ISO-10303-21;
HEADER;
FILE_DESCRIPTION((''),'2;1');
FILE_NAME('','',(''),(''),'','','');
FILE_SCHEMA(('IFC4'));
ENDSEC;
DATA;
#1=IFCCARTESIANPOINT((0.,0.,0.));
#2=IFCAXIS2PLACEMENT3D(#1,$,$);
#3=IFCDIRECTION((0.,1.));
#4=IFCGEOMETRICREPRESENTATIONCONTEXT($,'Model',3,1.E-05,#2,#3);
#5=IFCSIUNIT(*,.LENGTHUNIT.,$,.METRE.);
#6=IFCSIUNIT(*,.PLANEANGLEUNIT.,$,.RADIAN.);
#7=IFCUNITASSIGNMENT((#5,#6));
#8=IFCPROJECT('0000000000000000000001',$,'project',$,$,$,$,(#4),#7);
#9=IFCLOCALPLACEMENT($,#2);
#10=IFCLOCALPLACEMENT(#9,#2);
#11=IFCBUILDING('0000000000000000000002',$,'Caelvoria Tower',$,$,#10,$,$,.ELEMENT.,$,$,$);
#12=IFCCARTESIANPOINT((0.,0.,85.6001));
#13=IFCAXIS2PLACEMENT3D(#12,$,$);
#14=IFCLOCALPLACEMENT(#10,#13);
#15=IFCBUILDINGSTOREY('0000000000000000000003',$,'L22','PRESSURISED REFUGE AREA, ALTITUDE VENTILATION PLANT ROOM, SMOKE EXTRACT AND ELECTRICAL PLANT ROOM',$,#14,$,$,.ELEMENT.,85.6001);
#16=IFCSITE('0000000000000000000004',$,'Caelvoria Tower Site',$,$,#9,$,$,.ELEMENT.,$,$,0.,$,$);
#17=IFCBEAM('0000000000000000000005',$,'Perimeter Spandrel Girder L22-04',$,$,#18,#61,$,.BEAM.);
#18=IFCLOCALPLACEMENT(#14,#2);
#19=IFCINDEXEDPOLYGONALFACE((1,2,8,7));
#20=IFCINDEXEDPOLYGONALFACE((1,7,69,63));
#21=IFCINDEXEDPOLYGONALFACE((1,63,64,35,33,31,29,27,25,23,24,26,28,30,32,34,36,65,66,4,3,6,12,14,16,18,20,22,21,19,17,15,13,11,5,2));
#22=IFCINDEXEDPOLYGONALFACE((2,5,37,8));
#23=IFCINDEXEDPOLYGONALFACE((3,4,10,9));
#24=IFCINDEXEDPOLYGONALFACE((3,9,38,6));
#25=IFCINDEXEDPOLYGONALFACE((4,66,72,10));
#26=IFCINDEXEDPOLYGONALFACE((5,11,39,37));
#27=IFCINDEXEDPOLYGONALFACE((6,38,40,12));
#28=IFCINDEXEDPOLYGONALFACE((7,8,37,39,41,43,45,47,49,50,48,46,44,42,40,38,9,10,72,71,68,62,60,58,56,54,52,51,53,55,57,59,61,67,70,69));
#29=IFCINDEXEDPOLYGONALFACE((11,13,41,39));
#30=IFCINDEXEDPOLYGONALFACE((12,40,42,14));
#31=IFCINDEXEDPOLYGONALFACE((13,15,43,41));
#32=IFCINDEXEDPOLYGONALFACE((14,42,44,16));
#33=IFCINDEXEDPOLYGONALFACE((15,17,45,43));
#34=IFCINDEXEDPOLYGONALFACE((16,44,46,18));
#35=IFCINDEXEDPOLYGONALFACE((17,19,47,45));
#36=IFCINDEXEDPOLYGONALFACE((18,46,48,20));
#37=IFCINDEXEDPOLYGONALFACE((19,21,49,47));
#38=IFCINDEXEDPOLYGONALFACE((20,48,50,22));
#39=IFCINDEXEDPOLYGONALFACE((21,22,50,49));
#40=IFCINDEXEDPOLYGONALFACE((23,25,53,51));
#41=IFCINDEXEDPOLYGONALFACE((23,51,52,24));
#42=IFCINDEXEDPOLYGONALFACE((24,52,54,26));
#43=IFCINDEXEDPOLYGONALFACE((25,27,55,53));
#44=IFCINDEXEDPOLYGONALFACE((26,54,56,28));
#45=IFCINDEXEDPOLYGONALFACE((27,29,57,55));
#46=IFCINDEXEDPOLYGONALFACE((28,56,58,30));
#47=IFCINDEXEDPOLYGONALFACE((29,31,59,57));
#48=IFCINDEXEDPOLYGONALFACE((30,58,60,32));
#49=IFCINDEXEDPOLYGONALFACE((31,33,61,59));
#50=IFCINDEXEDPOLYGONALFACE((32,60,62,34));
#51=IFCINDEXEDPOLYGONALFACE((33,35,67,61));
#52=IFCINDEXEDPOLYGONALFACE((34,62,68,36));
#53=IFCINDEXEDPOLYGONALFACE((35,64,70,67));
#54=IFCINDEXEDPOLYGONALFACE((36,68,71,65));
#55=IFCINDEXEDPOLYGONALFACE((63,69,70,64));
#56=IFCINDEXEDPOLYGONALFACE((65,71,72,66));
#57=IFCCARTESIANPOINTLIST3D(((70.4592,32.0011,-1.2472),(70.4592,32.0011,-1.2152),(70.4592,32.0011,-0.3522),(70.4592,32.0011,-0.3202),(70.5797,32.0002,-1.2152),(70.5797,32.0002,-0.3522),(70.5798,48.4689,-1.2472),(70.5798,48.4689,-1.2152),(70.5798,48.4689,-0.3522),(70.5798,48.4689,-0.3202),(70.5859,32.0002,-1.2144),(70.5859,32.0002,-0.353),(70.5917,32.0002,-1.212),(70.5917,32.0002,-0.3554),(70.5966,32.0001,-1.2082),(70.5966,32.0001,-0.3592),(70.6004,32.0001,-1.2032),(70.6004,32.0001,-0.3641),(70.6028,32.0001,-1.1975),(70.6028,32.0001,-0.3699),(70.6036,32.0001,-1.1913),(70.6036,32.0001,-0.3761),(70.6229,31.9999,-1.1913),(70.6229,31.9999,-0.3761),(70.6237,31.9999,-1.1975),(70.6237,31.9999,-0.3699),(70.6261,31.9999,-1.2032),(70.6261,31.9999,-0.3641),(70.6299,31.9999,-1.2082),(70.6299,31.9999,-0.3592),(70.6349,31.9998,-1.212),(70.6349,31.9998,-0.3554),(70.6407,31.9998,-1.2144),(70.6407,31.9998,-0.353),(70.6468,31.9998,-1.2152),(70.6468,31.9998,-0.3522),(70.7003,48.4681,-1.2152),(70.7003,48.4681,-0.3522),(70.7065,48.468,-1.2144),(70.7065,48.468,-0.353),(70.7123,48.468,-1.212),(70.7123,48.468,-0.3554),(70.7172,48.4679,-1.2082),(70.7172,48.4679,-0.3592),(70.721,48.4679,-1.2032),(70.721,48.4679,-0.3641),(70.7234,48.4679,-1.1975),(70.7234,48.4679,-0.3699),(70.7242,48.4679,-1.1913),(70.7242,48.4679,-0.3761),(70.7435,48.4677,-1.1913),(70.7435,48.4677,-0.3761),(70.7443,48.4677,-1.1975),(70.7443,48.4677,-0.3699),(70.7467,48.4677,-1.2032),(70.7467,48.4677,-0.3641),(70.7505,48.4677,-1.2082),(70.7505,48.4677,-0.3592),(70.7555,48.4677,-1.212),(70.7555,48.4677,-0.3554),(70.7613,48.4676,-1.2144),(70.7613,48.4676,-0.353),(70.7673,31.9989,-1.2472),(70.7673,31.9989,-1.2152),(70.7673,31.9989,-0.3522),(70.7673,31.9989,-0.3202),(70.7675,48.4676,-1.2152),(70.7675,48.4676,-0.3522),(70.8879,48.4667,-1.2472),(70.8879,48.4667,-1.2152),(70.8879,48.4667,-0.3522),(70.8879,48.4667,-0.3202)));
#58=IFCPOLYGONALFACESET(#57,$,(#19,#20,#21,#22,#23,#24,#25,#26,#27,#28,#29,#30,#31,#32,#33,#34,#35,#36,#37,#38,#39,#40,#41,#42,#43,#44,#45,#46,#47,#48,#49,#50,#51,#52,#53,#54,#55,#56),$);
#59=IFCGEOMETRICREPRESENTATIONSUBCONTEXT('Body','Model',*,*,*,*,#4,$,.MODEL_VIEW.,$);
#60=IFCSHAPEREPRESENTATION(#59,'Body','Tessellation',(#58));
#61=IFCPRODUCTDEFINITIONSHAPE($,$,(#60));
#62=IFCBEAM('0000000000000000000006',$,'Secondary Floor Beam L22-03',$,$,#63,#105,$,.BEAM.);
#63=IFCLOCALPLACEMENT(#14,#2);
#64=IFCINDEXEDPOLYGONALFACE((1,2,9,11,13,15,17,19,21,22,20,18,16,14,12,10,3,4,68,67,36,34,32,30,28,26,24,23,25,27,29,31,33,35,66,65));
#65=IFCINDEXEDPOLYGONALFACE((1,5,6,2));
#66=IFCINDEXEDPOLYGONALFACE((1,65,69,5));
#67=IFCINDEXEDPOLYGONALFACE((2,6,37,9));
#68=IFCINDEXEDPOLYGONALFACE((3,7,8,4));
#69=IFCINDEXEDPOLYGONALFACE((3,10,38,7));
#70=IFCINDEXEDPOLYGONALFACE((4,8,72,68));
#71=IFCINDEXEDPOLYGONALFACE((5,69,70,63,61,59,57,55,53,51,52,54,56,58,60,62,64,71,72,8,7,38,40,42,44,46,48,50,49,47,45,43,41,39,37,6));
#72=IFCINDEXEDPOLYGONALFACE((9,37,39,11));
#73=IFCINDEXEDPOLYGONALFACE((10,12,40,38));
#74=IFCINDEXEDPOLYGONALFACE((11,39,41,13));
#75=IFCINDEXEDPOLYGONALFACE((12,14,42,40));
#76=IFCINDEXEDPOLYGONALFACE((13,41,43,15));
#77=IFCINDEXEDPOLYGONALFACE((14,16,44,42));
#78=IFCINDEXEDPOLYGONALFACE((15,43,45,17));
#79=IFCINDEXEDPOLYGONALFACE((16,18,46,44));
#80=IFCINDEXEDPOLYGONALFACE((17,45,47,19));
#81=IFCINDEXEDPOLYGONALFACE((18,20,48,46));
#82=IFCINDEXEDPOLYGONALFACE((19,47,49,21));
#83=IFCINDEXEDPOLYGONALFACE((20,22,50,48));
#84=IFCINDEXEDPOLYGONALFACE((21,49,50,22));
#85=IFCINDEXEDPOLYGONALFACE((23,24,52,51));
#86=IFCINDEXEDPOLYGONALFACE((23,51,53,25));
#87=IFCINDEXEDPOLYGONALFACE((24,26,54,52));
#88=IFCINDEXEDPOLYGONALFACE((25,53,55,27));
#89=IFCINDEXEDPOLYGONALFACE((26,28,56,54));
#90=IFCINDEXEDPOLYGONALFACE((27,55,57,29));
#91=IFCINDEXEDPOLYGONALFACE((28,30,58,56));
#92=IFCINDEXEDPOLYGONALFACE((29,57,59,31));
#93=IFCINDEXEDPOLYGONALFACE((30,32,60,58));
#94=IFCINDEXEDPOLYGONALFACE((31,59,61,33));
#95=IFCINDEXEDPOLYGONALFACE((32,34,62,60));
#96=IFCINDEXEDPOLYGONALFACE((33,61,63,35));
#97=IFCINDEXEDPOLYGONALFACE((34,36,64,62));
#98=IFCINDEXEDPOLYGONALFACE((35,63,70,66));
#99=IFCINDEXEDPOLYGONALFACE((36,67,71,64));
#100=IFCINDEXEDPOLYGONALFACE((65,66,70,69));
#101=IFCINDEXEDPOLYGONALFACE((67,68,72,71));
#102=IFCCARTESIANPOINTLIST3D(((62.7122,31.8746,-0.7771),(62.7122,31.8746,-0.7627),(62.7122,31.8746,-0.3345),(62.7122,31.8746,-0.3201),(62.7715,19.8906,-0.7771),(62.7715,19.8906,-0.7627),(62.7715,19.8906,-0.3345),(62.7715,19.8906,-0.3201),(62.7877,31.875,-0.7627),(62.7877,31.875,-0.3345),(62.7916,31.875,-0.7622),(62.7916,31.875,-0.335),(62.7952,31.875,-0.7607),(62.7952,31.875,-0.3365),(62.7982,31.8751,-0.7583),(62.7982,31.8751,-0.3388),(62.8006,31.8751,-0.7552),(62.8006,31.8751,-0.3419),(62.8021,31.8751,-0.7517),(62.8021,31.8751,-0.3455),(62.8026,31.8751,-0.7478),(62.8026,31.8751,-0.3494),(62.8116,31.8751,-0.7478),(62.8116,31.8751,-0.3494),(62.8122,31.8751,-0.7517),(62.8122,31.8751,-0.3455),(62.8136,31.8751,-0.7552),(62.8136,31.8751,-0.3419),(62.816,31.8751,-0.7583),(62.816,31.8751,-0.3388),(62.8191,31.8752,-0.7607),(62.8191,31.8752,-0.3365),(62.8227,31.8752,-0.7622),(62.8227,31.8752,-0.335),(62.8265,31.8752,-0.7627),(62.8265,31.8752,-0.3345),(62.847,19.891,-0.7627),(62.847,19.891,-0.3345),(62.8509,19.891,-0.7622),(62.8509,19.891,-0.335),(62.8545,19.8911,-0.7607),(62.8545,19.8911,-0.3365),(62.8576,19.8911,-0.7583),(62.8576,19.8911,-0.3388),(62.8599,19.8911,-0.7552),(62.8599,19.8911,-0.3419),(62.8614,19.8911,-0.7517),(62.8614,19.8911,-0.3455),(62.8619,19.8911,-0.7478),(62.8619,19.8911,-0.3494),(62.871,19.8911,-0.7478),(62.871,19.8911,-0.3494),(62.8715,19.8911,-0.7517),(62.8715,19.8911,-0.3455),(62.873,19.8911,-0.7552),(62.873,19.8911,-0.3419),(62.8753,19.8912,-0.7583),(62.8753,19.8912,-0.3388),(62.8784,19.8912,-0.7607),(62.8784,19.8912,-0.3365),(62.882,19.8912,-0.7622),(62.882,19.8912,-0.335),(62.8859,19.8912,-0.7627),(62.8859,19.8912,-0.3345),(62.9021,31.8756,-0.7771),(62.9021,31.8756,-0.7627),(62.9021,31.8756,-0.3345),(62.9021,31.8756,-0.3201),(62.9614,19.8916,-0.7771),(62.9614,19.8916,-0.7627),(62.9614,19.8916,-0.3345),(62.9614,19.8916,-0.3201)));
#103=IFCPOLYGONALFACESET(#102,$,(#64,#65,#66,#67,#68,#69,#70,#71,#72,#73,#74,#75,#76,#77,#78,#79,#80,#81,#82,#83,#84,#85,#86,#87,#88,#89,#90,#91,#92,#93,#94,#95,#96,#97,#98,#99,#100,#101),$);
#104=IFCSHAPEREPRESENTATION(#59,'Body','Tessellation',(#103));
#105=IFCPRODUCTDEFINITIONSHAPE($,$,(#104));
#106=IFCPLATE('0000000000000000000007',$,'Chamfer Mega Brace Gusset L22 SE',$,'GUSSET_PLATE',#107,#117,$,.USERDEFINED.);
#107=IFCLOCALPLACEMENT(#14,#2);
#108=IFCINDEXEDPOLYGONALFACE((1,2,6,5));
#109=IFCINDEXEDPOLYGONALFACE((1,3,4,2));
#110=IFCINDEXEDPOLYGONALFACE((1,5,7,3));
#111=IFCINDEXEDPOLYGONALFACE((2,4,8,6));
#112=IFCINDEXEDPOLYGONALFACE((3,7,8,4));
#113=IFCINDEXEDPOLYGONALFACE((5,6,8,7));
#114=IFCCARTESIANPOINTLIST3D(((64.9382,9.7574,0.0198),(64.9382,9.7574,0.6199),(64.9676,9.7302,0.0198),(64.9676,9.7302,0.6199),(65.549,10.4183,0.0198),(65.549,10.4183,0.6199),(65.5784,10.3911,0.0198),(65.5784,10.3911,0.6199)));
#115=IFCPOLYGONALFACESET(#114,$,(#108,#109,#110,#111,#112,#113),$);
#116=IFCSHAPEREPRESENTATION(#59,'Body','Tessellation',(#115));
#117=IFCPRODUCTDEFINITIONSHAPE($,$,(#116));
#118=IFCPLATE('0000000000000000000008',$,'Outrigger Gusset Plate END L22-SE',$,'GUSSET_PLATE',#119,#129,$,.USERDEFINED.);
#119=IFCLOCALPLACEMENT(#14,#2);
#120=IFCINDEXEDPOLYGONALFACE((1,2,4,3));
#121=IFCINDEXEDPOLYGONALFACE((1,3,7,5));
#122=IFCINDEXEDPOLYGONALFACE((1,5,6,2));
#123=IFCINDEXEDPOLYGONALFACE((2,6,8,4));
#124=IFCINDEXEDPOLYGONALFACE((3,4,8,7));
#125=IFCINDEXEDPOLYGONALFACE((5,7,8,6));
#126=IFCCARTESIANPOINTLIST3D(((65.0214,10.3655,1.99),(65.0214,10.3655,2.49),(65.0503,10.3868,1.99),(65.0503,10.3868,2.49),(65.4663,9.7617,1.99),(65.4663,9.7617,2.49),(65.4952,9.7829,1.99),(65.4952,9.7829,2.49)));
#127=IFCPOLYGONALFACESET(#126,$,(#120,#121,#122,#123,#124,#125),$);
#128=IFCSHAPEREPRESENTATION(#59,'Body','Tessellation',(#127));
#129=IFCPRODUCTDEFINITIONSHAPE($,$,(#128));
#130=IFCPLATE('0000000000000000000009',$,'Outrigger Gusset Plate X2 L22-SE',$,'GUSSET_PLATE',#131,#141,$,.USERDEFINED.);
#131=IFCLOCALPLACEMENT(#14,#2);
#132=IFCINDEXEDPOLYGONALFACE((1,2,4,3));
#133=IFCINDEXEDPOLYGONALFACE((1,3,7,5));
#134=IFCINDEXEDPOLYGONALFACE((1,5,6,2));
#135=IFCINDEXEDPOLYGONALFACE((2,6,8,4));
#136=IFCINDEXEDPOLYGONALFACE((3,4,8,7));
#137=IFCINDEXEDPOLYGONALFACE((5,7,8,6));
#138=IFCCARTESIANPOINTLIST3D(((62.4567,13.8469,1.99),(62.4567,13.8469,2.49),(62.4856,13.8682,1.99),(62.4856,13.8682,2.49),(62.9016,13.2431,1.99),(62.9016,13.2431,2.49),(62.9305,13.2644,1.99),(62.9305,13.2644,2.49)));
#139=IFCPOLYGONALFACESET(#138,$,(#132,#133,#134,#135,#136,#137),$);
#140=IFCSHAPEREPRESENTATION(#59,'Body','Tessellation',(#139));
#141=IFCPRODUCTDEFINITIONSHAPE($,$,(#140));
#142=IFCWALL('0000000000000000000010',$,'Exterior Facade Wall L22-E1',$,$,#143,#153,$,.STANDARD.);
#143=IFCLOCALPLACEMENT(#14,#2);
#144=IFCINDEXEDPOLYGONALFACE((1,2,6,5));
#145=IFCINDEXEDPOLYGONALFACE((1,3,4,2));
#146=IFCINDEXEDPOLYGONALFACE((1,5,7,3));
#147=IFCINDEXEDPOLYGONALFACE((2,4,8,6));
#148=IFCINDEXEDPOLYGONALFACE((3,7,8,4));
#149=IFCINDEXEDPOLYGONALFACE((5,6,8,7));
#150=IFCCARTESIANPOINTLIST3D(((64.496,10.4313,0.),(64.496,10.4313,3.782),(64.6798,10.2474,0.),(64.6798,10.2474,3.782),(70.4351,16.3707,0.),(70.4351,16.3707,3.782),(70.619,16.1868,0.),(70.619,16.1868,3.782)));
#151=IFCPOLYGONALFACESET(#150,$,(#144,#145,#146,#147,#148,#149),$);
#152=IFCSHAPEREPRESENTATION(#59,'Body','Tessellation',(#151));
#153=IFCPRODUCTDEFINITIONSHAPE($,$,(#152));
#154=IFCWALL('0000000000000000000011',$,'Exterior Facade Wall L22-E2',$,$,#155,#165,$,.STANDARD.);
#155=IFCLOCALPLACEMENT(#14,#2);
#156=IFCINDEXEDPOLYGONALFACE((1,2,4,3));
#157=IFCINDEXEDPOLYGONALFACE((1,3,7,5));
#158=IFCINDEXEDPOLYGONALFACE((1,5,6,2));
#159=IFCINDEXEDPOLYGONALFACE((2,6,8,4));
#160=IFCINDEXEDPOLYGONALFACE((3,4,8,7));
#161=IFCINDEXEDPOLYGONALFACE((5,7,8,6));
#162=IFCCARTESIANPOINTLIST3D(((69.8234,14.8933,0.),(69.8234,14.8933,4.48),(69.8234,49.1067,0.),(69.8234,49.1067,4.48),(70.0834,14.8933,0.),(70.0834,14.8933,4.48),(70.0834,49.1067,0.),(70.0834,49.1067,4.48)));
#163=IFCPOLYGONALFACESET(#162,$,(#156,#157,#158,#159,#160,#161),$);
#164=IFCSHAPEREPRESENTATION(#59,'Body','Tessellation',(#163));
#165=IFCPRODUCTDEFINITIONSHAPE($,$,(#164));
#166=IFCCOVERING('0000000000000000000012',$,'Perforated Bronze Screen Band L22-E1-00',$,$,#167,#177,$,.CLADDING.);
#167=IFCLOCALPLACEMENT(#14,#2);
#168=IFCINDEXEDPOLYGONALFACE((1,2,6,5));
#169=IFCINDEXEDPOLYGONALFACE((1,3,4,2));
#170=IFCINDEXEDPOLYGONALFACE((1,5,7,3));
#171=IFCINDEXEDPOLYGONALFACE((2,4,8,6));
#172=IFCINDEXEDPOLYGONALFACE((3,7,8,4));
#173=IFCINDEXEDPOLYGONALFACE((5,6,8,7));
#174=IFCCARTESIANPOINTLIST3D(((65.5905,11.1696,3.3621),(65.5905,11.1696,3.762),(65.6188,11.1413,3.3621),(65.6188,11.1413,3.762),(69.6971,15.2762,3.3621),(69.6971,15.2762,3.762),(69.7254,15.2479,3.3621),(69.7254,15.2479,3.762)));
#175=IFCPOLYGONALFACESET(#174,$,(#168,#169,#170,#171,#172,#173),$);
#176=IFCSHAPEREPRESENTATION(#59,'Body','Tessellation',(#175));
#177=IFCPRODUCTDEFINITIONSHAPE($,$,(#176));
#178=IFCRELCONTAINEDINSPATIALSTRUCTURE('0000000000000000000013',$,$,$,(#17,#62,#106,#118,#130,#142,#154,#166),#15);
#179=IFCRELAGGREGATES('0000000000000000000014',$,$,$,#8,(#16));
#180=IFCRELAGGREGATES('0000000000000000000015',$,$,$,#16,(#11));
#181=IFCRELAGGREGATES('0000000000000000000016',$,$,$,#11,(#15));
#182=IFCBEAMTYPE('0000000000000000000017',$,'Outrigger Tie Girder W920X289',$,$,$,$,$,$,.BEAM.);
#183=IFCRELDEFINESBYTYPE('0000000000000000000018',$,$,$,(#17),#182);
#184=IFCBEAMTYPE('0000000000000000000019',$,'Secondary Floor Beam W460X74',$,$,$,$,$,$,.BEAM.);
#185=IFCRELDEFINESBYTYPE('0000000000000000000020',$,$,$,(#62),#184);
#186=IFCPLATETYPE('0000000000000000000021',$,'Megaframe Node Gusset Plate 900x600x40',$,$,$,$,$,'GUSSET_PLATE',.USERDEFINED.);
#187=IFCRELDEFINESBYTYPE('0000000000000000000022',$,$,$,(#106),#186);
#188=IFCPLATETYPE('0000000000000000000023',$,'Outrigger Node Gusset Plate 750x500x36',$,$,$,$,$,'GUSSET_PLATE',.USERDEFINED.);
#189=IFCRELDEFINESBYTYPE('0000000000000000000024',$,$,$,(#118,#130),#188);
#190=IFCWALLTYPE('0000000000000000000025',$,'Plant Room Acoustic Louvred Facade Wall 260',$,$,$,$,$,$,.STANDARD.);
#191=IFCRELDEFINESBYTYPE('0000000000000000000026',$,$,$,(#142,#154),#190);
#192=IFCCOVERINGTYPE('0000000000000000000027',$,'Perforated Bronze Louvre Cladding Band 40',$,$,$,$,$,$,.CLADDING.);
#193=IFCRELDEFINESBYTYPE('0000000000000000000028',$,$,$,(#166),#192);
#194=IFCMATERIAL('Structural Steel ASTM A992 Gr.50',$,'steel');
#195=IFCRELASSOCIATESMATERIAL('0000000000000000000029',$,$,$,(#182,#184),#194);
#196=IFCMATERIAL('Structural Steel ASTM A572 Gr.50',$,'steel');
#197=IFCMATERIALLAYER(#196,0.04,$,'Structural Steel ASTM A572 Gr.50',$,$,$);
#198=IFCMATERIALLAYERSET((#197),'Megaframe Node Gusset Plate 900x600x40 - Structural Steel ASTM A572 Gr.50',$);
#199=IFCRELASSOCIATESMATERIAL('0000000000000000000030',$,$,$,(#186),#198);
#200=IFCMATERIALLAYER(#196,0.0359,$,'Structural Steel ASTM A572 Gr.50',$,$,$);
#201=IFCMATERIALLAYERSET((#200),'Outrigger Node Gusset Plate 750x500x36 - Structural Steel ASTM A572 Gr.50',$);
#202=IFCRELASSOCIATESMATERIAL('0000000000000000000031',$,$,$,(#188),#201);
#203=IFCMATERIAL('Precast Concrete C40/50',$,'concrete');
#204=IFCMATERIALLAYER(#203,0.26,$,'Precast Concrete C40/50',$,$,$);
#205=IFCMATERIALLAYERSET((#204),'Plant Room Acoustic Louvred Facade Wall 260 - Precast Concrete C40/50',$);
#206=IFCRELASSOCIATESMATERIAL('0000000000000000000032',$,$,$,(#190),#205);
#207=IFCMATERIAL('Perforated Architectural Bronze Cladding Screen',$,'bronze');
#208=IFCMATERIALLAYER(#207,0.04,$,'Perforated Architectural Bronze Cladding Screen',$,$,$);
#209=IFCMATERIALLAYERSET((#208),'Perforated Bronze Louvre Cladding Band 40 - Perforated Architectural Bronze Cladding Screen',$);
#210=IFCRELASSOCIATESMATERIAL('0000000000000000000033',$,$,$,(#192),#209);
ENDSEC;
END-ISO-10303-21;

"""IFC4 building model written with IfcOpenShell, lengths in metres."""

from ifc_helpers import new_model, si_unit, direction, frame, frame_2d, origin, origin_2d, place, context, subcontext, project, spatial, rectangle, i_section, extrude, material, layer, layer_set, material_profile, profile_set, type_object, element, save


model = new_model("IFC4")

# Units and contexts
model_context = context("Model", 3, precision=1e-05, world=origin(), true_north=direction((0.0, 1.0)))
body_context = subcontext(model_context, "Body", "Model", "MODEL_VIEW")
ifc_project = project(units=[si_unit("LENGTHUNIT", "METRE"), si_unit("PLANEANGLEUNIT", "RADIAN")], contexts=[model_context])

# Site, building, storey
site_placement = place(None, origin())
site = spatial("IfcSite", under=ifc_project, at=site_placement, Name="Caelvoria Tower Site", CompositionType="ELEMENT", RefElevation=0.0)
building_placement = place(site_placement, origin())
building = spatial("IfcBuilding", under=site, at=building_placement, Name="Caelvoria Tower", CompositionType="ELEMENT")
storey_placement = place(building_placement, frame((0.0, 0.0, 85.6001)))
storey = spatial("IfcBuildingStorey", under=building, at=storey_placement, Name="L22", Description="PRESSURISED REFUGE AREA, ALTITUDE VENTILATION PLANT ROOM, SMOKE EXTRACT AND ELECTRICAL PLANT ROOM", CompositionType="ELEMENT", Elevation=85.6001)

# Shared definitions
ifc_material_1 = material(Name="Structural Steel ASTM A572 Gr.50", Category="steel")

# Beams
ifc_material_2 = material(Name="Structural Steel ASTM A992 Gr.50", Category="steel")
ifc_material_profile_1 = material_profile(ifc_material_2, i_section(OverallWidth=0.3081, OverallDepth=0.927, WebThickness=0.0193, FlangeThickness=0.032, FilletRadius=0.0239, at=origin_2d()), Name="Structural Steel ASTM A992 Gr.50")
ifc_profile_set_1 = profile_set([ifc_material_profile_1], Name="W920X289 - Structural Steel ASTM A992 Gr.50")
beam_type_1 = type_object("IfcBeamType", Name="Outrigger Tie Girder W920X289", PredefinedType="BEAM", material=ifc_profile_set_1)
for number, where, z_axis, x_axis, name in (
    (1, (70.6133, 32.0, -0.7837), (0.007324, 0.999973, 0.0), (-0.999973, 0.007324, 0.0), "Perimeter Spandrel Girder L22-04"),
):
    element("IfcBeam", number, at=place(storey_placement, frame(where, z_axis=z_axis, x_axis=x_axis)), inside=storey, type_object=beam_type_1, Name=name, PredefinedType="BEAM", context=body_context, shape_type="SweptSolid", body=[
        extrude(i_section(OverallWidth=0.3081, OverallDepth=0.927, WebThickness=0.0193, FlangeThickness=0.032, FilletRadius=0.0239, at=origin_2d()), origin(), (0.0, 0.0, 1.0), 16.4683),
    ])
ifc_material_profile_2 = material_profile(ifc_material_2, i_section(OverallWidth=0.1899, OverallDepth=0.457, WebThickness=0.009, FlangeThickness=0.0144, FilletRadius=0.0149, at=origin_2d()), Name="Structural Steel ASTM A992 Gr.50")
ifc_profile_set_2 = profile_set([ifc_material_profile_2], Name="W460X74 - Structural Steel ASTM A992 Gr.50")
beam_type_2 = type_object("IfcBeamType", Name="Secondary Floor Beam W460X74", PredefinedType="BEAM", material=ifc_profile_set_2)
beam_1_placement = place(storey_placement, frame((62.8665, 19.8911, -0.5486), z_axis=(-0.00495, 0.999988, 0.0), x_axis=(-0.999988, -0.00495, 0.0)))
element("IfcBeam", 2, at=beam_1_placement, inside=storey, type_object=beam_type_2, Name="Secondary Floor Beam L22-03", PredefinedType="BEAM", context=body_context, shape_type="SweptSolid", body=[
    extrude(i_section(OverallWidth=0.1899, OverallDepth=0.457, WebThickness=0.009, FlangeThickness=0.0144, FilletRadius=0.0149, at=origin_2d()), origin(), (0.0, 0.0, 1.0), 11.9841),
])

# Plates
ifc_layer_1 = layer(ifc_material_1, 0.04, Name="Structural Steel ASTM A572 Gr.50")
ifc_layer_set_1 = layer_set([ifc_layer_1], Name="Megaframe Node Gusset Plate 900x600x40 - Structural Steel ASTM A572 Gr.50")
plate_type_1 = type_object("IfcPlateType", Name="Megaframe Node Gusset Plate 900x600x40", ElementType="GUSSET_PLATE", PredefinedType="USERDEFINED", material=ifc_layer_set_1)
plate_placement = place(storey_placement, frame((65.2583, 10.0742, 0.0198), z_axis=(0.0, 0.0, 1.0), x_axis=(0.678697, 0.734418, 0.0)))
element("IfcPlate", 3, at=plate_placement, inside=storey, type_object=plate_type_1, Name="Chamfer Mega Brace Gusset L22 SE", ObjectType="GUSSET_PLATE", PredefinedType="USERDEFINED", context=body_context, shape_type="SweptSolid", body=[
    extrude(rectangle(XDim=0.8999, YDim=0.04, at=origin_2d()), origin(), (0.0, 0.0, 1.0), 0.6001),
])
ifc_layer_2 = layer(ifc_material_1, 0.0359, Name="Structural Steel ASTM A572 Gr.50")
ifc_layer_set_2 = layer_set([ifc_layer_2], Name="Outrigger Node Gusset Plate 750x500x36 - Structural Steel ASTM A572 Gr.50")
plate_type_2 = type_object("IfcPlateType", Name="Outrigger Node Gusset Plate 750x500x36", ElementType="GUSSET_PLATE", PredefinedType="USERDEFINED", material=ifc_layer_set_2)
for number, where, z_axis, x_axis, name in (
    (4, (65.2583, 10.0742, 1.99), (0.0, 0.0, 1.0), (0.593093, -0.805134, 0.0), "Outrigger Gusset Plate END L22-SE"),
    (5, (62.6936, 13.5557, 1.99), (0.0, 0.0, 1.0), (0.593093, -0.805134, 0.0), "Outrigger Gusset Plate X2 L22-SE"),
):
    element("IfcPlate", number, at=place(storey_placement, frame(where, z_axis=z_axis, x_axis=x_axis)), inside=storey, type_object=plate_type_2, Name=name, ObjectType="GUSSET_PLATE", PredefinedType="USERDEFINED", context=body_context, shape_type="SweptSolid", body=[
        extrude(rectangle(XDim=0.75, YDim=0.0359, at=origin_2d()), origin(), (0.0, 0.0, 1.0), 0.5),
    ])

# Walls
ifc_material_3 = material(Name="Precast Concrete C40/50", Category="concrete")
ifc_layer_3 = layer(ifc_material_3, 0.26, Name="Precast Concrete C40/50")
ifc_layer_set_3 = layer_set([ifc_layer_3], Name="Plant Room Acoustic Louvred Facade Wall 260 - Precast Concrete C40/50")
wall_type = type_object("IfcWallType", Name="Plant Room Acoustic Louvred Facade Wall 260", PredefinedType="STANDARD", material=ifc_layer_set_3)
wall_1_placement = place(storey_placement, frame((64.5879, 10.3394, 0.0), z_axis=(0.0, 0.0, 1.0), x_axis=(0.707092, 0.707121, 0.0)))
element("IfcWall", 6, at=wall_1_placement, inside=storey, type_object=wall_type, Name="Exterior Facade Wall L22-E1", PredefinedType="STANDARD", context=body_context, shape_type="SweptSolid", body=[
    extrude(rectangle(XDim=8.3994, YDim=0.26, at=frame_2d((4.1997, 0.0))), origin(), (0.0, 0.0, 1.0), 3.782),
])
wall_2_placement = place(storey_placement, frame((69.9534, 14.8933, 0.0), z_axis=(0.0, 0.0, 1.0), x_axis=(0.0, 1.0, 0.0)))
element("IfcWall", 7, at=wall_2_placement, inside=storey, type_object=wall_type, Name="Exterior Facade Wall L22-E2", PredefinedType="STANDARD", context=body_context, shape_type="SweptSolid", body=[
    extrude(rectangle(XDim=34.2134, YDim=0.26, at=frame_2d((17.1067, 0.0))), origin(), (0.0, 0.0, 1.0), 4.48),
])

# Covering
ifc_material_4 = material(Name="Perforated Architectural Bronze Cladding Screen", Category="bronze")
ifc_layer_4 = layer(ifc_material_4, 0.04, Name="Perforated Architectural Bronze Cladding Screen")
ifc_layer_set_4 = layer_set([ifc_layer_4], Name="Perforated Bronze Louvre Cladding Band 40 - Perforated Architectural Bronze Cladding Screen")
covering_type = type_object("IfcCoveringType", Name="Perforated Bronze Louvre Cladding Band 40", PredefinedType="CLADDING", material=ifc_layer_set_4)
covering_placement = place(storey_placement, frame((67.658, 13.2087, 3.3621), z_axis=(0.0, 0.0, 1.0), x_axis=(0.707107, 0.707107, 0.0)))
element("IfcCovering", 8, at=covering_placement, inside=storey, type_object=covering_type, Name="Perforated Bronze Screen Band L22-E1-00", PredefinedType="CLADDING", context=body_context, shape_type="SweptSolid", body=[
    extrude(rectangle(XDim=5.8076, YDim=0.04, at=origin_2d()), origin(), (0.0, 0.0, 1.0), 0.3999),
])

save(model, "model.ifc")
